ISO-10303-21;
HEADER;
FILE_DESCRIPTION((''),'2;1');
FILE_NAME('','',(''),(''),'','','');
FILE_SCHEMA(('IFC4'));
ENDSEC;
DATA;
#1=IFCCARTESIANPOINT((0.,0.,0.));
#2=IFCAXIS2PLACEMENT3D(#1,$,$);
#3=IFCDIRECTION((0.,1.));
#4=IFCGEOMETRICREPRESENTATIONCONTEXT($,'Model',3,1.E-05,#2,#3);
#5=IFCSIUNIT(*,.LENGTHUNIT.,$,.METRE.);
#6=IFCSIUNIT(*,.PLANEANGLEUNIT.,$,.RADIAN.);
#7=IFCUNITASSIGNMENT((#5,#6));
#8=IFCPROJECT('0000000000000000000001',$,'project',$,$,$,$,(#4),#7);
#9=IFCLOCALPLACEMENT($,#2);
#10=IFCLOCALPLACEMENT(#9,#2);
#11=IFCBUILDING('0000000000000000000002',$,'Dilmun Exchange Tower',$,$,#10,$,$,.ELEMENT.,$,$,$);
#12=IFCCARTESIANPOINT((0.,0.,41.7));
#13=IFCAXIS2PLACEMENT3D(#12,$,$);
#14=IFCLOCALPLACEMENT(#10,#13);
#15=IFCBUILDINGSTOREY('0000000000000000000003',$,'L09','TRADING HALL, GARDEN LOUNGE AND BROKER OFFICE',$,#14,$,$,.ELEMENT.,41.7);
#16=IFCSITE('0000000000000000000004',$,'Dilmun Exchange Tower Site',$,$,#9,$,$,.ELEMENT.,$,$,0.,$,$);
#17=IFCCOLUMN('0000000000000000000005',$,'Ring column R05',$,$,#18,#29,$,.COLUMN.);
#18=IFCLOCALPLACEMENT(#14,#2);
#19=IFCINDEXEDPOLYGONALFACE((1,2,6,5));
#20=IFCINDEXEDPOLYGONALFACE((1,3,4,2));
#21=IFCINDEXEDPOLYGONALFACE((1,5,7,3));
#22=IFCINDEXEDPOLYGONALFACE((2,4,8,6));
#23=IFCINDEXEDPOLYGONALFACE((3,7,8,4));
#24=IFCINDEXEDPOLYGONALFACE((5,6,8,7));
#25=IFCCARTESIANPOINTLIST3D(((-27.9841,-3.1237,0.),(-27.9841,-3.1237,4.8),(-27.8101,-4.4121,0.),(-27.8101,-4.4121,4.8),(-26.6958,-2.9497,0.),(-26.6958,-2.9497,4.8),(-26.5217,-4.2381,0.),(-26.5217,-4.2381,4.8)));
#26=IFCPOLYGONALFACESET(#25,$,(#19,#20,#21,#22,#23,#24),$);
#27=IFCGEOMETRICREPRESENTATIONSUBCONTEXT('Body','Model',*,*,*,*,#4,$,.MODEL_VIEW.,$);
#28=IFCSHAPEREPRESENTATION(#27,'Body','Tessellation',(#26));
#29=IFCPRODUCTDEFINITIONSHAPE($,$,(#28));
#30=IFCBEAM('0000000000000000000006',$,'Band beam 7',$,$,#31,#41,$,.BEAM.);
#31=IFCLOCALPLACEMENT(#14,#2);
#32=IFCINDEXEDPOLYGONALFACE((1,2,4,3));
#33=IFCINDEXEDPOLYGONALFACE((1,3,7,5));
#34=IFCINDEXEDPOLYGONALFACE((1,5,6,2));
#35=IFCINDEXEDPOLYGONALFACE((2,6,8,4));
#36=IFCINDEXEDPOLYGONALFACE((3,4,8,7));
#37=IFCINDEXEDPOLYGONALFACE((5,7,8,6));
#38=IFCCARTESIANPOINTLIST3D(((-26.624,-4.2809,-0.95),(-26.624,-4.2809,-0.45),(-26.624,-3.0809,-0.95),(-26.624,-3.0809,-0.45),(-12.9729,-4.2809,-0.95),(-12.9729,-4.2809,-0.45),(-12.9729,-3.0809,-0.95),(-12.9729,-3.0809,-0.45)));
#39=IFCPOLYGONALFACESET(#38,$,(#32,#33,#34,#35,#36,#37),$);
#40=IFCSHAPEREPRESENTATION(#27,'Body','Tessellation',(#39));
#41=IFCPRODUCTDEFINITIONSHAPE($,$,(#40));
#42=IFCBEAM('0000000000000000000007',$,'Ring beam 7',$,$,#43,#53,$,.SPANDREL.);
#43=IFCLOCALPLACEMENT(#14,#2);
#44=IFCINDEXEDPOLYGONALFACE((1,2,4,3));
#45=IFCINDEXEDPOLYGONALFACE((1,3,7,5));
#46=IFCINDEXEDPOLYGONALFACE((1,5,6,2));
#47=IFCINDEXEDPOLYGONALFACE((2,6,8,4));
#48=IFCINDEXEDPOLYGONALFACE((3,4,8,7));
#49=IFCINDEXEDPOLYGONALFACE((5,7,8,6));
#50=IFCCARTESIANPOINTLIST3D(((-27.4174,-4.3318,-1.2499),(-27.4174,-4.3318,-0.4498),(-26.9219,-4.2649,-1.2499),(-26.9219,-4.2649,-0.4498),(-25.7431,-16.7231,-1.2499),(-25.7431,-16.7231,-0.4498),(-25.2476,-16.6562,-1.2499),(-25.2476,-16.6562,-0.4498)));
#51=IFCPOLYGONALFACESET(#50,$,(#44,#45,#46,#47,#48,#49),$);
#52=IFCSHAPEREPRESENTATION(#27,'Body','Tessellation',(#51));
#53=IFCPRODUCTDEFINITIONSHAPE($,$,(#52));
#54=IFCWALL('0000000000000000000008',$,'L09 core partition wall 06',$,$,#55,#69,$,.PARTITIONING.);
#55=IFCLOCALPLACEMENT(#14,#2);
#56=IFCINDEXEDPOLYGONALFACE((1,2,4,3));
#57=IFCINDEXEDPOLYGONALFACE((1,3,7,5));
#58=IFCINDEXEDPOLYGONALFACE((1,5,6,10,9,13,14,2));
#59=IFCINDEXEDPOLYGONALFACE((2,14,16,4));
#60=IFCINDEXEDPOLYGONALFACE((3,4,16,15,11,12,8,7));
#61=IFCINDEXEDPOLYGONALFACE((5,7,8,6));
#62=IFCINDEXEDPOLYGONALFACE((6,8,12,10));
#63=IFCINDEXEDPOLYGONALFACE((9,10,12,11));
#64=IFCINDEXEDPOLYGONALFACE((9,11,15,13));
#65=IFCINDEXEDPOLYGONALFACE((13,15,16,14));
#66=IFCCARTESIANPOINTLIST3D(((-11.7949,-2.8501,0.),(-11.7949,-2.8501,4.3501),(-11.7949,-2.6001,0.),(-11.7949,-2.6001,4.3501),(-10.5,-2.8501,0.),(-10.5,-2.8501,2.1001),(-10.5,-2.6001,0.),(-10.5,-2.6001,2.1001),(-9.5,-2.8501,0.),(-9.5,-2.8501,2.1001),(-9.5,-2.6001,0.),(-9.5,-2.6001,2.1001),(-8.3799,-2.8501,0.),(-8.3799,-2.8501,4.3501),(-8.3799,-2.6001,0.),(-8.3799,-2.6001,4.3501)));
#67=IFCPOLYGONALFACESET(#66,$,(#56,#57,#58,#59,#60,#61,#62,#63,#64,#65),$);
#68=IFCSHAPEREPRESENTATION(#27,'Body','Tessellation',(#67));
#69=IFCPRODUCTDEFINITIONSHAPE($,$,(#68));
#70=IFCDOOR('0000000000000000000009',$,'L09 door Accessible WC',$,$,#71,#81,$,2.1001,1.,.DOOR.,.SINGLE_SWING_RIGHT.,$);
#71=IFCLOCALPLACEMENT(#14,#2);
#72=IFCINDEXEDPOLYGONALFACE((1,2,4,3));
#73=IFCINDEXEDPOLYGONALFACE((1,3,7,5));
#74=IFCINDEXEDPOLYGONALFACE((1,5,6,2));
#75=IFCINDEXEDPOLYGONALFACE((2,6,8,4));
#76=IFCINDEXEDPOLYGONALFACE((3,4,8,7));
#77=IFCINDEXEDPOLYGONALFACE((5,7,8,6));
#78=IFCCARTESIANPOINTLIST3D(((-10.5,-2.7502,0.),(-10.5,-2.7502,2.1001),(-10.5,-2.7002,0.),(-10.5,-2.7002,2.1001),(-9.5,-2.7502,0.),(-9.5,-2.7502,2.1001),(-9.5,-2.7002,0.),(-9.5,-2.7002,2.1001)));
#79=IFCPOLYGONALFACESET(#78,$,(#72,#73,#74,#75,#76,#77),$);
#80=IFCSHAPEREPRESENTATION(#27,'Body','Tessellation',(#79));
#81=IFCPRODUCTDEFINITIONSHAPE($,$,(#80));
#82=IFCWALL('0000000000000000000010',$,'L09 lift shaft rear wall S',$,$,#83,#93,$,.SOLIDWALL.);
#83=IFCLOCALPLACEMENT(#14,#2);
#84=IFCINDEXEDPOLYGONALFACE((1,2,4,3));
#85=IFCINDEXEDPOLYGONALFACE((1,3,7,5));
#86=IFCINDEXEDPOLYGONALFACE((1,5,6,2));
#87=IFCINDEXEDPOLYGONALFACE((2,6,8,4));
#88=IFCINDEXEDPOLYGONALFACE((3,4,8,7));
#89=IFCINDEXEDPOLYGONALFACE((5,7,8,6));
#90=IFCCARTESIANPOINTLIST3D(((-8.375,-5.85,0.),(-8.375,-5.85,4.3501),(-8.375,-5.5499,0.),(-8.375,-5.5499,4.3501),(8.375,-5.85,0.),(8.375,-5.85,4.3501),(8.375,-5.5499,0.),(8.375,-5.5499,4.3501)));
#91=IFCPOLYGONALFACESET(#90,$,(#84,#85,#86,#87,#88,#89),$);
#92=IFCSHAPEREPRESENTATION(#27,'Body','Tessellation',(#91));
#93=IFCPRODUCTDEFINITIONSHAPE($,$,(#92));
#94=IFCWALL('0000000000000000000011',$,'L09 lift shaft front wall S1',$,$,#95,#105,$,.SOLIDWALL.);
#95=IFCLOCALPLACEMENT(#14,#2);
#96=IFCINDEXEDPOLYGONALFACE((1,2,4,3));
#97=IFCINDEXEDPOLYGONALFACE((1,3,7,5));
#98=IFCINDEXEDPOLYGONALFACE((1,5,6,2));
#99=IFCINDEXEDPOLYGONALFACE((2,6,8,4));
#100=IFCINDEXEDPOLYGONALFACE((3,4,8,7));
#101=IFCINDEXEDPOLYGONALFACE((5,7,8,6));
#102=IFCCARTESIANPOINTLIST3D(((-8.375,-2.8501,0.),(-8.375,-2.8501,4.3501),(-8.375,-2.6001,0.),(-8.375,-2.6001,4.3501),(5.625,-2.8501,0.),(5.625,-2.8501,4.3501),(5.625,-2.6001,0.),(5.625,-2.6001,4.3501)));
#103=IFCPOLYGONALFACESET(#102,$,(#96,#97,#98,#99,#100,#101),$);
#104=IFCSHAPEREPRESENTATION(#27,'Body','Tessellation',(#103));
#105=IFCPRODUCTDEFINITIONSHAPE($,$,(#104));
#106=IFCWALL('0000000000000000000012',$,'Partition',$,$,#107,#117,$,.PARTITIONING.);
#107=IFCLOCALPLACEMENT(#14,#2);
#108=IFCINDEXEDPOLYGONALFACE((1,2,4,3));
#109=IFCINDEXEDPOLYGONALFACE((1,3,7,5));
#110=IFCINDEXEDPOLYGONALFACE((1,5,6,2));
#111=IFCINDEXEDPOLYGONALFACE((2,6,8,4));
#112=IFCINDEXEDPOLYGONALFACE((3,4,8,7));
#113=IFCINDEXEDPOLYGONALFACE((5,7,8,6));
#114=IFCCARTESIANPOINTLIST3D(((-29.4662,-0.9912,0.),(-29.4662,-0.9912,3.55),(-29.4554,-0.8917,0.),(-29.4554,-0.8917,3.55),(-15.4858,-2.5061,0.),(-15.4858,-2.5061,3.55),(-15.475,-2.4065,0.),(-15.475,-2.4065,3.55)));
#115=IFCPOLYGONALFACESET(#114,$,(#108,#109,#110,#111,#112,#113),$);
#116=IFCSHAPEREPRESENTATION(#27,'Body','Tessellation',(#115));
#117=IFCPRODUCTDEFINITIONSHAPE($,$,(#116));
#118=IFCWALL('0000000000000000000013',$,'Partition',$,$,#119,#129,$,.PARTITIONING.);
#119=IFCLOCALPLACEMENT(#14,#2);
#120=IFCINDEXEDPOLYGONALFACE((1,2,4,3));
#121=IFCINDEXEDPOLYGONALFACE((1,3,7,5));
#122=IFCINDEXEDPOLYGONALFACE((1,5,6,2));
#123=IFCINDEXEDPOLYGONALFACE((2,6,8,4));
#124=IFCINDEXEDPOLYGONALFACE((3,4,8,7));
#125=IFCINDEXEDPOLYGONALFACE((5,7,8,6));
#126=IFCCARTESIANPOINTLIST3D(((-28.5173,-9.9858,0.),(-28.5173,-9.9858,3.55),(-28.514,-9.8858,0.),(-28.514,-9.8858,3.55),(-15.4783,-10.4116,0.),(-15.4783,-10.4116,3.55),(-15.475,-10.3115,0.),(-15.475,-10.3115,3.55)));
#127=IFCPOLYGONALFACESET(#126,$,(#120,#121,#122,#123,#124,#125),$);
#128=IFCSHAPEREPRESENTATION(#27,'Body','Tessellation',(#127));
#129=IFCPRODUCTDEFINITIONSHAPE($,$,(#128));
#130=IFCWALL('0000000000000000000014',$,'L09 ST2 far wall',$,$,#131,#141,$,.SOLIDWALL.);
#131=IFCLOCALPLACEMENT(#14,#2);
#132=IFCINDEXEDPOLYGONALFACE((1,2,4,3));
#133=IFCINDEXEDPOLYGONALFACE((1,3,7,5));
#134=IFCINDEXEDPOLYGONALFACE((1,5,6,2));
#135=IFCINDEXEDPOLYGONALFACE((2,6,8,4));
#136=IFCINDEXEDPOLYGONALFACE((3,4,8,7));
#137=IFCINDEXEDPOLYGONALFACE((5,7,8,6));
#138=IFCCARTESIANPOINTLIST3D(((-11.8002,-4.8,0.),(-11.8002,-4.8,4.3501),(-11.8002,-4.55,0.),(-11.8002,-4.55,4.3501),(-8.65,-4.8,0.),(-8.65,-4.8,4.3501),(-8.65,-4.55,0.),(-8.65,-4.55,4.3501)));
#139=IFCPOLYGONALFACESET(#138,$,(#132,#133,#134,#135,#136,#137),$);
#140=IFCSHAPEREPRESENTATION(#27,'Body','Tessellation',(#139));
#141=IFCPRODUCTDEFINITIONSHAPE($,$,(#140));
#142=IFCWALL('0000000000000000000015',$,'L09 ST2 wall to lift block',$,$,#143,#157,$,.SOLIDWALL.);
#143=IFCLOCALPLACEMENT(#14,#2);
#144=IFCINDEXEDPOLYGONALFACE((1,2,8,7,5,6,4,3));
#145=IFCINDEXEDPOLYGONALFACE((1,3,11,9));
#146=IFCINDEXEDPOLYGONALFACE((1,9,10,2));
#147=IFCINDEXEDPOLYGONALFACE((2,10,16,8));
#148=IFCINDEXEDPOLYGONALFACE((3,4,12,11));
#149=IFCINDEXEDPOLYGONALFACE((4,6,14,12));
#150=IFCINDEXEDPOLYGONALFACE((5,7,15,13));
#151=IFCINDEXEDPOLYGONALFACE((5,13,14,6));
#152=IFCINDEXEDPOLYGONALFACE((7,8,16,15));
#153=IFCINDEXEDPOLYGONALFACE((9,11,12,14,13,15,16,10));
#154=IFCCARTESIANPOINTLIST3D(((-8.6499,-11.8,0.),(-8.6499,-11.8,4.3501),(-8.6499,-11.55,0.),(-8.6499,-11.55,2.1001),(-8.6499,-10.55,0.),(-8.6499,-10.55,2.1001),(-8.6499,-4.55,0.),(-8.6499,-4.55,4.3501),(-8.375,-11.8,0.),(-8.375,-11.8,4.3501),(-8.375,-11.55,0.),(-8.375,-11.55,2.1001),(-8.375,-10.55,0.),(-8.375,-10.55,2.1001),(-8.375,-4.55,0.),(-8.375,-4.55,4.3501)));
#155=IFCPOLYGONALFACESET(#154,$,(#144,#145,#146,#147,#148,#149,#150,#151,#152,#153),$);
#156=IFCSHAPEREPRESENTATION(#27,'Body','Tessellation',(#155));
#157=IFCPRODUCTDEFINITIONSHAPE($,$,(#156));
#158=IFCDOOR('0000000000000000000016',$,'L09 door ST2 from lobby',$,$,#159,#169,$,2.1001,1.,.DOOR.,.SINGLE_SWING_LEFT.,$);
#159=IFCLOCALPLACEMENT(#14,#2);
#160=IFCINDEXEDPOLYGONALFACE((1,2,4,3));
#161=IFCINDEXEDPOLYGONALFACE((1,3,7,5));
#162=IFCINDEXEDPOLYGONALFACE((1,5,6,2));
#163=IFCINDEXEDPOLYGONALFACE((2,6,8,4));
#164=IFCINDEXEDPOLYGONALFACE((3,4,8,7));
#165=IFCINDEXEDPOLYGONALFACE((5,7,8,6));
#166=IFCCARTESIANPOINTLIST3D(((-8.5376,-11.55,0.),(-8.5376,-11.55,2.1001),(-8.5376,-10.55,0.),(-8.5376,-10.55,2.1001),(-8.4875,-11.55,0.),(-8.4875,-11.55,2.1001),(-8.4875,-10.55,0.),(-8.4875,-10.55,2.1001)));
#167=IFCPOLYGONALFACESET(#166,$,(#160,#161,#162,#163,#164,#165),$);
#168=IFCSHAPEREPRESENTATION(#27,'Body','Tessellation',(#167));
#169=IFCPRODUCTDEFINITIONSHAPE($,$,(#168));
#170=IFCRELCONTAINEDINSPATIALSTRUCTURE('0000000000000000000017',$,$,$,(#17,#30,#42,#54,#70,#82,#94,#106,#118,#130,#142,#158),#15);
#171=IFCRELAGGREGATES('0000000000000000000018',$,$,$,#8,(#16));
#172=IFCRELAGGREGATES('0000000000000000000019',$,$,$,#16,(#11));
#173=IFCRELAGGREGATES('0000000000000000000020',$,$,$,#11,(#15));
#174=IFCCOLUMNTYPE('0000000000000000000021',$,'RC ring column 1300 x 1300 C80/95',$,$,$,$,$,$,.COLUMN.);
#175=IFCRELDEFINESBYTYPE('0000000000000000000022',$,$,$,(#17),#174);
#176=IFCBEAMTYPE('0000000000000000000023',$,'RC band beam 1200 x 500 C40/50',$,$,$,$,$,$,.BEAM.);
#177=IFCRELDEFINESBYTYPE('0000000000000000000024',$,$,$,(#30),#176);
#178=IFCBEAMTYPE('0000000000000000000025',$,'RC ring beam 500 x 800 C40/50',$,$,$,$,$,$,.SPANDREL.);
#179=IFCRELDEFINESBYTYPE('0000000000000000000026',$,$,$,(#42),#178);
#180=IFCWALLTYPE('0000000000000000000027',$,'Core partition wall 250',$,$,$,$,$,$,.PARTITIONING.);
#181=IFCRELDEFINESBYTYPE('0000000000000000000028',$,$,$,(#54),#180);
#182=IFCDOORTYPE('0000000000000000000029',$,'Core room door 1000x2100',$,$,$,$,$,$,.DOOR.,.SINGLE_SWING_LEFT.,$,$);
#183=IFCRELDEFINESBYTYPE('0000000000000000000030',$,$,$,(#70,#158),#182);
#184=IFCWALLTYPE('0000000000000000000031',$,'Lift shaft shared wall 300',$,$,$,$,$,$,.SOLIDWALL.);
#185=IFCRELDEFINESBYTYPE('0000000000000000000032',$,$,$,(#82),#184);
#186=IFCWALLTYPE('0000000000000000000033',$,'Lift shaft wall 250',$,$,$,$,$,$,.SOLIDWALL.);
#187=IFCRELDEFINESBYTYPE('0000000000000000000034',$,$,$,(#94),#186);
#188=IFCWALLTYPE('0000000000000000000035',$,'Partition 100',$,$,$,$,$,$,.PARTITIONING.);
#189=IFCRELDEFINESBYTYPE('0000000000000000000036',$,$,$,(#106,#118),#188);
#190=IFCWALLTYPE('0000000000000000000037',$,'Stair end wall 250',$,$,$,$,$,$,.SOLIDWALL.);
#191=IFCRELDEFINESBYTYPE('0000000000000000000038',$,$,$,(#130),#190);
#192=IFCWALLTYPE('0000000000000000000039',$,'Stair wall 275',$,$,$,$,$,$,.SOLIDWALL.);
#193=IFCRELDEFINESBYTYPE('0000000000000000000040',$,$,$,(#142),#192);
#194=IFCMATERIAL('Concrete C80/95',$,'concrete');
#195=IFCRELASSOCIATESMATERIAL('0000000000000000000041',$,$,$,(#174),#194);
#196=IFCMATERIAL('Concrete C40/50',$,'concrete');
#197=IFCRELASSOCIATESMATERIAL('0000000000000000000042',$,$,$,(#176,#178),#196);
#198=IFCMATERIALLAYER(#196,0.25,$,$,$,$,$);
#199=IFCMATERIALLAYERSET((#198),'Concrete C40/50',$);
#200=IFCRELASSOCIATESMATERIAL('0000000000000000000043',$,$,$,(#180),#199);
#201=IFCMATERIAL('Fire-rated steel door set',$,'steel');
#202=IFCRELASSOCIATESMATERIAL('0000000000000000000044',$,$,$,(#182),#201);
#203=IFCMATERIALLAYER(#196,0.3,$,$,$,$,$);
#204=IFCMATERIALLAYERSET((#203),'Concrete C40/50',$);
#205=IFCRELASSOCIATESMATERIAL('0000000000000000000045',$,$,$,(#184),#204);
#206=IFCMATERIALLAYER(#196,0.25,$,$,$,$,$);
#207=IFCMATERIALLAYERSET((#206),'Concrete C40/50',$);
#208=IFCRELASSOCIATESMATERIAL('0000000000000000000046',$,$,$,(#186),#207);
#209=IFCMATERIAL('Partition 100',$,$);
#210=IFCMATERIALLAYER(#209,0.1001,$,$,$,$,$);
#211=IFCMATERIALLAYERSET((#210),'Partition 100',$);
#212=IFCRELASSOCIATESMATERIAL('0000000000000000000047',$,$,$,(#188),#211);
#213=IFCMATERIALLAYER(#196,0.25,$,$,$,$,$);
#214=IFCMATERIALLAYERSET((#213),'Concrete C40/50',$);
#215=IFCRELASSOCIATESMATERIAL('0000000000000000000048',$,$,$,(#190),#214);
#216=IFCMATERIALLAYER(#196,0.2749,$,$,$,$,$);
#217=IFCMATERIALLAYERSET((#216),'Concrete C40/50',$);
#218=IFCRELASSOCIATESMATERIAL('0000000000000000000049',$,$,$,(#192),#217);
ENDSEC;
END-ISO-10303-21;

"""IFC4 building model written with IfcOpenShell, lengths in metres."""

from ifc_helpers import new_model, si_unit, direction, frame, frame_2d, origin, origin_2d, place, context, subcontext, project, spatial, rectangle, extrude, material, layer, layer_set, material_profile, profile_set, type_object, element, fill, save


model = new_model("IFC4")

# Units and contexts
model_context = context("Model", 3, precision=1e-05, world=origin(), true_north=direction((0.0, 1.0)))
body_context = subcontext(model_context, "Body", "Model", "MODEL_VIEW")
ifc_project = project(units=[si_unit("LENGTHUNIT", "METRE"), si_unit("PLANEANGLEUNIT", "RADIAN")], contexts=[model_context])

# Site, building, storey
site_placement = place(None, origin())
site = spatial("IfcSite", under=ifc_project, at=site_placement, Name="Dilmun Exchange Tower Site", CompositionType="ELEMENT", RefElevation=0.0)
building_placement = place(site_placement, origin())
building = spatial("IfcBuilding", under=site, at=building_placement, Name="Dilmun Exchange Tower", CompositionType="ELEMENT")
storey_placement = place(building_placement, frame((0.0, 0.0, 41.7)))
storey = spatial("IfcBuildingStorey", under=building, at=storey_placement, Name="L09", Description="TRADING HALL, GARDEN LOUNGE AND BROKER OFFICE", CompositionType="ELEMENT", Elevation=41.7)

# Column
ifc_material_1 = material(Name="Concrete C80/95", Category="concrete")
ifc_material_profile_1 = material_profile(ifc_material_1, rectangle(XDim=1.3, YDim=1.3, at=origin_2d()), Name="1300 x 1300")
ifc_profile_set_1 = profile_set([ifc_material_profile_1], Name="Concrete C80/95")
column_type = type_object("IfcColumnType", Name="RC ring column 1300 x 1300 C80/95", PredefinedType="COLUMN", material=ifc_profile_set_1)
column_placement = place(storey_placement, frame((-27.2529, -3.6809, 0.0), z_axis=(0.0, 0.0, 1.0), x_axis=(0.991001, 0.133853, 0.0)))
element("IfcColumn", 1, at=column_placement, inside=storey, type_object=column_type, Name="Ring column R05", PredefinedType="COLUMN", context=body_context, shape_type="SweptSolid", body=[
    extrude(rectangle(XDim=1.3, YDim=1.3, at=origin_2d()), origin(), (0.0, 0.0, 1.0), 4.8),
])

# Beams
ifc_material_2 = material(Name="Concrete C40/50", Category="concrete")
ifc_material_profile_2 = material_profile(ifc_material_2, rectangle(XDim=1.2, YDim=0.5, at=origin_2d()), Name="1200 x 500")
ifc_profile_set_2 = profile_set([ifc_material_profile_2], Name="Concrete C40/50")
beam_type_1 = type_object("IfcBeamType", Name="RC band beam 1200 x 500 C40/50", PredefinedType="BEAM", material=ifc_profile_set_2)
beam_1_placement = place(storey_placement, frame((-26.624, -3.6809, -0.7), z_axis=(1.0, 0.0, 0.0), x_axis=(0.0, 1.0, 0.0)))
element("IfcBeam", 2, at=beam_1_placement, inside=storey, type_object=beam_type_1, Name="Band beam 7", PredefinedType="BEAM", context=body_context, shape_type="SweptSolid", body=[
    extrude(rectangle(XDim=1.2, YDim=0.5, at=origin_2d()), origin(), (0.0, 0.0, 1.0), 13.6511),
])
ifc_material_profile_3 = material_profile(ifc_material_2, rectangle(XDim=0.5, YDim=0.8, at=origin_2d()), Name="500 x 800")
ifc_profile_set_3 = profile_set([ifc_material_profile_3], Name="Concrete C40/50")
beam_type_2 = type_object("IfcBeamType", Name="RC ring beam 500 x 800 C40/50", PredefinedType="SPANDREL", material=ifc_profile_set_3)
beam_2_placement = place(storey_placement, frame((-27.1697, -4.2983, -0.8499), z_axis=(0.133903, -0.990994, 0.0), x_axis=(0.990994, 0.133903, 0.0)))
element("IfcBeam", 3, at=beam_2_placement, inside=storey, type_object=beam_type_2, Name="Ring beam 7", PredefinedType="SPANDREL", context=body_context, shape_type="SweptSolid", body=[
    extrude(rectangle(XDim=0.5, YDim=0.8, at=origin_2d()), origin(), (0.0, 0.0, 1.0), 12.5039),
])

# Wall, opening, door
ifc_layer_1 = layer(ifc_material_2, 0.25)
ifc_layer_set_1 = layer_set([ifc_layer_1], Name="Concrete C40/50")
wall_type_1 = type_object("IfcWallType", Name="Core partition wall 250", PredefinedType="PARTITIONING", material=ifc_layer_set_1)
wall_1_placement = place(storey_placement, frame((-11.7949, -2.7251, 0.0), z_axis=(0.0, 0.0, 1.0), x_axis=(1.0, 0.0, 0.0)))
wall_1 = element("IfcWall", 4, at=wall_1_placement, inside=storey, type_object=wall_type_1, Name="L09 core partition wall 06", PredefinedType="PARTITIONING", context=body_context, shape_type="SweptSolid", body=[
    extrude(rectangle(XDim=3.415, YDim=0.25, at=frame_2d((1.7075, 0.0))), origin(), (0.0, 0.0, 1.0), 4.3501),
])
opening_1_placement = place(wall_1_placement, frame((1.2949, 0.0, 0.0)))
opening_1 = element("IfcOpeningElement", 5, at=opening_1_placement, cuts=wall_1, PredefinedType="OPENING", context=body_context, shape_type="SweptSolid", body=[
    extrude(rectangle(XDim=1.0, YDim=2.1001, at=frame_2d((0.5, 1.05))), frame((0.0, 0.135, 0.0), z_axis=(0.0, -1.0, 0.0), x_axis=(1.0, 0.0, 0.0)), (0.0, 0.0, 1.0), 0.27),
])
ifc_material_3 = material(Name="Fire-rated steel door set", Category="steel")
door_type = type_object("IfcDoorType", Name="Core room door 1000x2100", OperationType="SINGLE_SWING_LEFT", PredefinedType="DOOR", material=ifc_material_3)
door_1_placement = place(opening_1_placement, origin())
door_1 = element("IfcDoor", 6, at=door_1_placement, inside=storey, type_object=door_type, Name="L09 door Accessible WC", OperationType="SINGLE_SWING_RIGHT", OverallHeight=2.1001, OverallWidth=1.0, PredefinedType="DOOR", context=body_context, shape_type="SweptSolid", body=[
    extrude(rectangle(XDim=1.0, YDim=2.1001, at=frame_2d((0.5, 1.05))), frame((0.0, 0.0249, 0.0), z_axis=(0.0, -1.0, 0.0), x_axis=(1.0, 0.0, 0.0)), (0.0, 0.0, 1.0), 0.05),
])
fill(opening_1, door_1)

# Walls
ifc_layer_2 = layer(ifc_material_2, 0.3)
ifc_layer_set_2 = layer_set([ifc_layer_2], Name="Concrete C40/50")
wall_type_2 = type_object("IfcWallType", Name="Lift shaft shared wall 300", PredefinedType="SOLIDWALL", material=ifc_layer_set_2)
wall_2_placement = place(storey_placement, frame((-8.375, -5.7, 0.0), z_axis=(0.0, 0.0, 1.0), x_axis=(1.0, 0.0, 0.0)))
element("IfcWall", 7, at=wall_2_placement, inside=storey, type_object=wall_type_2, Name="L09 lift shaft rear wall S", PredefinedType="SOLIDWALL", context=body_context, shape_type="SweptSolid", body=[
    extrude(rectangle(XDim=16.75, YDim=0.3, at=frame_2d((8.375, 0.0))), origin(), (0.0, 0.0, 1.0), 4.3501),
])
ifc_layer_3 = layer(ifc_material_2, 0.25)
ifc_layer_set_3 = layer_set([ifc_layer_3], Name="Concrete C40/50")
wall_type_3 = type_object("IfcWallType", Name="Lift shaft wall 250", PredefinedType="SOLIDWALL", material=ifc_layer_set_3)
wall_3_placement = place(storey_placement, frame((-8.375, -2.7251, 0.0), z_axis=(0.0, 0.0, 1.0), x_axis=(1.0, 0.0, 0.0)))
element("IfcWall", 8, at=wall_3_placement, inside=storey, type_object=wall_type_3, Name="L09 lift shaft front wall S1", PredefinedType="SOLIDWALL", context=body_context, shape_type="SweptSolid", body=[
    extrude(rectangle(XDim=14.0, YDim=0.25, at=frame_2d((7.0, 0.0))), origin(), (0.0, 0.0, 1.0), 4.3501),
])
ifc_material_4 = material(Name="Partition 100")
ifc_layer_4 = layer(ifc_material_4, 0.1001)
ifc_layer_set_4 = layer_set([ifc_layer_4], Name="Partition 100")
wall_type_4 = type_object("IfcWallType", Name="Partition 100", PredefinedType="PARTITIONING", material=ifc_layer_set_4)
wall_4_placement = place(storey_placement, frame((-29.4609, -0.9414, 0.0), z_axis=(0.0, 0.0, 1.0), x_axis=(0.99418, -0.107727, 0.0)))
element("IfcWall", 9, at=wall_4_placement, inside=storey, type_object=wall_type_4, Name="Partition", PredefinedType="PARTITIONING", context=body_context, shape_type="SweptSolid", body=[
    extrude(rectangle(XDim=14.0623, YDim=0.1001, at=frame_2d((7.0312, 0.0))), origin(), (0.0, 0.0, 1.0), 3.55),
])
wall_5_placement = place(storey_placement, frame((-28.5156, -9.9358, 0.0), z_axis=(0.0, 0.0, 1.0), x_axis=(0.999467, -0.032637, 0.0)))
element("IfcWall", 10, at=wall_5_placement, inside=storey, type_object=wall_type_4, Name="Partition", PredefinedType="PARTITIONING", context=body_context, shape_type="SweptSolid", body=[
    extrude(rectangle(XDim=13.0459, YDim=0.1001, at=frame_2d((6.5229, 0.0))), origin(), (0.0, 0.0, 1.0), 3.55),
])
ifc_layer_5 = layer(ifc_material_2, 0.25)
ifc_layer_set_5 = layer_set([ifc_layer_5], Name="Concrete C40/50")
wall_type_5 = type_object("IfcWallType", Name="Stair end wall 250", PredefinedType="SOLIDWALL", material=ifc_layer_set_5)
wall_6_placement = place(storey_placement, frame((-8.6499, -4.675, 0.0), z_axis=(0.0, 0.0, 1.0), x_axis=(-1.0, 0.0, 0.0)))
element("IfcWall", 11, at=wall_6_placement, inside=storey, type_object=wall_type_5, Name="L09 ST2 far wall", PredefinedType="SOLIDWALL", context=body_context, shape_type="SweptSolid", body=[
    extrude(rectangle(XDim=3.1501, YDim=0.25, at=frame_2d((1.5752, 0.0))), origin(), (0.0, 0.0, 1.0), 4.3501),
])

# Wall, opening, door
ifc_layer_6 = layer(ifc_material_2, 0.2749)
ifc_layer_set_6 = layer_set([ifc_layer_6], Name="Concrete C40/50")
wall_type_6 = type_object("IfcWallType", Name="Stair wall 275", PredefinedType="SOLIDWALL", material=ifc_layer_set_6)
wall_7_placement = place(storey_placement, frame((-8.5125, -4.55, 0.0), z_axis=(0.0, 0.0, 1.0), x_axis=(0.0, -1.0, 0.0)))
wall_7 = element("IfcWall", 12, at=wall_7_placement, inside=storey, type_object=wall_type_6, Name="L09 ST2 wall to lift block", PredefinedType="SOLIDWALL", context=body_context, shape_type="SweptSolid", body=[
    extrude(rectangle(XDim=7.25, YDim=0.2749, at=frame_2d((3.625, 0.0))), origin(), (0.0, 0.0, 1.0), 4.3501),
])
opening_2_placement = place(wall_7_placement, frame((6.0, 0.0, 0.0)))
opening_2 = element("IfcOpeningElement", 13, at=opening_2_placement, cuts=wall_7, PredefinedType="OPENING", context=body_context, shape_type="SweptSolid", body=[
    extrude(rectangle(XDim=1.0, YDim=2.1001, at=frame_2d((0.5, 1.05))), frame((0.0, 0.1475, 0.0), z_axis=(0.0, -1.0, 0.0), x_axis=(1.0, 0.0, 0.0)), (0.0, 0.0, 1.0), 0.2949),
])
door_2_placement = place(opening_2_placement, origin())
door_2 = element("IfcDoor", 14, at=door_2_placement, inside=storey, type_object=door_type, Name="L09 door ST2 from lobby", OperationType="SINGLE_SWING_LEFT", OverallHeight=2.1001, OverallWidth=1.0, PredefinedType="DOOR", context=body_context, shape_type="SweptSolid", body=[
    extrude(rectangle(XDim=1.0, YDim=2.1001, at=frame_2d((0.5, 1.05))), frame((0.0, 0.0249, 0.0), z_axis=(0.0, -1.0, 0.0), x_axis=(1.0, 0.0, 0.0)), (0.0, 0.0, 1.0), 0.05),
])
fill(opening_2, door_2)

save(model, "model.ifc")
